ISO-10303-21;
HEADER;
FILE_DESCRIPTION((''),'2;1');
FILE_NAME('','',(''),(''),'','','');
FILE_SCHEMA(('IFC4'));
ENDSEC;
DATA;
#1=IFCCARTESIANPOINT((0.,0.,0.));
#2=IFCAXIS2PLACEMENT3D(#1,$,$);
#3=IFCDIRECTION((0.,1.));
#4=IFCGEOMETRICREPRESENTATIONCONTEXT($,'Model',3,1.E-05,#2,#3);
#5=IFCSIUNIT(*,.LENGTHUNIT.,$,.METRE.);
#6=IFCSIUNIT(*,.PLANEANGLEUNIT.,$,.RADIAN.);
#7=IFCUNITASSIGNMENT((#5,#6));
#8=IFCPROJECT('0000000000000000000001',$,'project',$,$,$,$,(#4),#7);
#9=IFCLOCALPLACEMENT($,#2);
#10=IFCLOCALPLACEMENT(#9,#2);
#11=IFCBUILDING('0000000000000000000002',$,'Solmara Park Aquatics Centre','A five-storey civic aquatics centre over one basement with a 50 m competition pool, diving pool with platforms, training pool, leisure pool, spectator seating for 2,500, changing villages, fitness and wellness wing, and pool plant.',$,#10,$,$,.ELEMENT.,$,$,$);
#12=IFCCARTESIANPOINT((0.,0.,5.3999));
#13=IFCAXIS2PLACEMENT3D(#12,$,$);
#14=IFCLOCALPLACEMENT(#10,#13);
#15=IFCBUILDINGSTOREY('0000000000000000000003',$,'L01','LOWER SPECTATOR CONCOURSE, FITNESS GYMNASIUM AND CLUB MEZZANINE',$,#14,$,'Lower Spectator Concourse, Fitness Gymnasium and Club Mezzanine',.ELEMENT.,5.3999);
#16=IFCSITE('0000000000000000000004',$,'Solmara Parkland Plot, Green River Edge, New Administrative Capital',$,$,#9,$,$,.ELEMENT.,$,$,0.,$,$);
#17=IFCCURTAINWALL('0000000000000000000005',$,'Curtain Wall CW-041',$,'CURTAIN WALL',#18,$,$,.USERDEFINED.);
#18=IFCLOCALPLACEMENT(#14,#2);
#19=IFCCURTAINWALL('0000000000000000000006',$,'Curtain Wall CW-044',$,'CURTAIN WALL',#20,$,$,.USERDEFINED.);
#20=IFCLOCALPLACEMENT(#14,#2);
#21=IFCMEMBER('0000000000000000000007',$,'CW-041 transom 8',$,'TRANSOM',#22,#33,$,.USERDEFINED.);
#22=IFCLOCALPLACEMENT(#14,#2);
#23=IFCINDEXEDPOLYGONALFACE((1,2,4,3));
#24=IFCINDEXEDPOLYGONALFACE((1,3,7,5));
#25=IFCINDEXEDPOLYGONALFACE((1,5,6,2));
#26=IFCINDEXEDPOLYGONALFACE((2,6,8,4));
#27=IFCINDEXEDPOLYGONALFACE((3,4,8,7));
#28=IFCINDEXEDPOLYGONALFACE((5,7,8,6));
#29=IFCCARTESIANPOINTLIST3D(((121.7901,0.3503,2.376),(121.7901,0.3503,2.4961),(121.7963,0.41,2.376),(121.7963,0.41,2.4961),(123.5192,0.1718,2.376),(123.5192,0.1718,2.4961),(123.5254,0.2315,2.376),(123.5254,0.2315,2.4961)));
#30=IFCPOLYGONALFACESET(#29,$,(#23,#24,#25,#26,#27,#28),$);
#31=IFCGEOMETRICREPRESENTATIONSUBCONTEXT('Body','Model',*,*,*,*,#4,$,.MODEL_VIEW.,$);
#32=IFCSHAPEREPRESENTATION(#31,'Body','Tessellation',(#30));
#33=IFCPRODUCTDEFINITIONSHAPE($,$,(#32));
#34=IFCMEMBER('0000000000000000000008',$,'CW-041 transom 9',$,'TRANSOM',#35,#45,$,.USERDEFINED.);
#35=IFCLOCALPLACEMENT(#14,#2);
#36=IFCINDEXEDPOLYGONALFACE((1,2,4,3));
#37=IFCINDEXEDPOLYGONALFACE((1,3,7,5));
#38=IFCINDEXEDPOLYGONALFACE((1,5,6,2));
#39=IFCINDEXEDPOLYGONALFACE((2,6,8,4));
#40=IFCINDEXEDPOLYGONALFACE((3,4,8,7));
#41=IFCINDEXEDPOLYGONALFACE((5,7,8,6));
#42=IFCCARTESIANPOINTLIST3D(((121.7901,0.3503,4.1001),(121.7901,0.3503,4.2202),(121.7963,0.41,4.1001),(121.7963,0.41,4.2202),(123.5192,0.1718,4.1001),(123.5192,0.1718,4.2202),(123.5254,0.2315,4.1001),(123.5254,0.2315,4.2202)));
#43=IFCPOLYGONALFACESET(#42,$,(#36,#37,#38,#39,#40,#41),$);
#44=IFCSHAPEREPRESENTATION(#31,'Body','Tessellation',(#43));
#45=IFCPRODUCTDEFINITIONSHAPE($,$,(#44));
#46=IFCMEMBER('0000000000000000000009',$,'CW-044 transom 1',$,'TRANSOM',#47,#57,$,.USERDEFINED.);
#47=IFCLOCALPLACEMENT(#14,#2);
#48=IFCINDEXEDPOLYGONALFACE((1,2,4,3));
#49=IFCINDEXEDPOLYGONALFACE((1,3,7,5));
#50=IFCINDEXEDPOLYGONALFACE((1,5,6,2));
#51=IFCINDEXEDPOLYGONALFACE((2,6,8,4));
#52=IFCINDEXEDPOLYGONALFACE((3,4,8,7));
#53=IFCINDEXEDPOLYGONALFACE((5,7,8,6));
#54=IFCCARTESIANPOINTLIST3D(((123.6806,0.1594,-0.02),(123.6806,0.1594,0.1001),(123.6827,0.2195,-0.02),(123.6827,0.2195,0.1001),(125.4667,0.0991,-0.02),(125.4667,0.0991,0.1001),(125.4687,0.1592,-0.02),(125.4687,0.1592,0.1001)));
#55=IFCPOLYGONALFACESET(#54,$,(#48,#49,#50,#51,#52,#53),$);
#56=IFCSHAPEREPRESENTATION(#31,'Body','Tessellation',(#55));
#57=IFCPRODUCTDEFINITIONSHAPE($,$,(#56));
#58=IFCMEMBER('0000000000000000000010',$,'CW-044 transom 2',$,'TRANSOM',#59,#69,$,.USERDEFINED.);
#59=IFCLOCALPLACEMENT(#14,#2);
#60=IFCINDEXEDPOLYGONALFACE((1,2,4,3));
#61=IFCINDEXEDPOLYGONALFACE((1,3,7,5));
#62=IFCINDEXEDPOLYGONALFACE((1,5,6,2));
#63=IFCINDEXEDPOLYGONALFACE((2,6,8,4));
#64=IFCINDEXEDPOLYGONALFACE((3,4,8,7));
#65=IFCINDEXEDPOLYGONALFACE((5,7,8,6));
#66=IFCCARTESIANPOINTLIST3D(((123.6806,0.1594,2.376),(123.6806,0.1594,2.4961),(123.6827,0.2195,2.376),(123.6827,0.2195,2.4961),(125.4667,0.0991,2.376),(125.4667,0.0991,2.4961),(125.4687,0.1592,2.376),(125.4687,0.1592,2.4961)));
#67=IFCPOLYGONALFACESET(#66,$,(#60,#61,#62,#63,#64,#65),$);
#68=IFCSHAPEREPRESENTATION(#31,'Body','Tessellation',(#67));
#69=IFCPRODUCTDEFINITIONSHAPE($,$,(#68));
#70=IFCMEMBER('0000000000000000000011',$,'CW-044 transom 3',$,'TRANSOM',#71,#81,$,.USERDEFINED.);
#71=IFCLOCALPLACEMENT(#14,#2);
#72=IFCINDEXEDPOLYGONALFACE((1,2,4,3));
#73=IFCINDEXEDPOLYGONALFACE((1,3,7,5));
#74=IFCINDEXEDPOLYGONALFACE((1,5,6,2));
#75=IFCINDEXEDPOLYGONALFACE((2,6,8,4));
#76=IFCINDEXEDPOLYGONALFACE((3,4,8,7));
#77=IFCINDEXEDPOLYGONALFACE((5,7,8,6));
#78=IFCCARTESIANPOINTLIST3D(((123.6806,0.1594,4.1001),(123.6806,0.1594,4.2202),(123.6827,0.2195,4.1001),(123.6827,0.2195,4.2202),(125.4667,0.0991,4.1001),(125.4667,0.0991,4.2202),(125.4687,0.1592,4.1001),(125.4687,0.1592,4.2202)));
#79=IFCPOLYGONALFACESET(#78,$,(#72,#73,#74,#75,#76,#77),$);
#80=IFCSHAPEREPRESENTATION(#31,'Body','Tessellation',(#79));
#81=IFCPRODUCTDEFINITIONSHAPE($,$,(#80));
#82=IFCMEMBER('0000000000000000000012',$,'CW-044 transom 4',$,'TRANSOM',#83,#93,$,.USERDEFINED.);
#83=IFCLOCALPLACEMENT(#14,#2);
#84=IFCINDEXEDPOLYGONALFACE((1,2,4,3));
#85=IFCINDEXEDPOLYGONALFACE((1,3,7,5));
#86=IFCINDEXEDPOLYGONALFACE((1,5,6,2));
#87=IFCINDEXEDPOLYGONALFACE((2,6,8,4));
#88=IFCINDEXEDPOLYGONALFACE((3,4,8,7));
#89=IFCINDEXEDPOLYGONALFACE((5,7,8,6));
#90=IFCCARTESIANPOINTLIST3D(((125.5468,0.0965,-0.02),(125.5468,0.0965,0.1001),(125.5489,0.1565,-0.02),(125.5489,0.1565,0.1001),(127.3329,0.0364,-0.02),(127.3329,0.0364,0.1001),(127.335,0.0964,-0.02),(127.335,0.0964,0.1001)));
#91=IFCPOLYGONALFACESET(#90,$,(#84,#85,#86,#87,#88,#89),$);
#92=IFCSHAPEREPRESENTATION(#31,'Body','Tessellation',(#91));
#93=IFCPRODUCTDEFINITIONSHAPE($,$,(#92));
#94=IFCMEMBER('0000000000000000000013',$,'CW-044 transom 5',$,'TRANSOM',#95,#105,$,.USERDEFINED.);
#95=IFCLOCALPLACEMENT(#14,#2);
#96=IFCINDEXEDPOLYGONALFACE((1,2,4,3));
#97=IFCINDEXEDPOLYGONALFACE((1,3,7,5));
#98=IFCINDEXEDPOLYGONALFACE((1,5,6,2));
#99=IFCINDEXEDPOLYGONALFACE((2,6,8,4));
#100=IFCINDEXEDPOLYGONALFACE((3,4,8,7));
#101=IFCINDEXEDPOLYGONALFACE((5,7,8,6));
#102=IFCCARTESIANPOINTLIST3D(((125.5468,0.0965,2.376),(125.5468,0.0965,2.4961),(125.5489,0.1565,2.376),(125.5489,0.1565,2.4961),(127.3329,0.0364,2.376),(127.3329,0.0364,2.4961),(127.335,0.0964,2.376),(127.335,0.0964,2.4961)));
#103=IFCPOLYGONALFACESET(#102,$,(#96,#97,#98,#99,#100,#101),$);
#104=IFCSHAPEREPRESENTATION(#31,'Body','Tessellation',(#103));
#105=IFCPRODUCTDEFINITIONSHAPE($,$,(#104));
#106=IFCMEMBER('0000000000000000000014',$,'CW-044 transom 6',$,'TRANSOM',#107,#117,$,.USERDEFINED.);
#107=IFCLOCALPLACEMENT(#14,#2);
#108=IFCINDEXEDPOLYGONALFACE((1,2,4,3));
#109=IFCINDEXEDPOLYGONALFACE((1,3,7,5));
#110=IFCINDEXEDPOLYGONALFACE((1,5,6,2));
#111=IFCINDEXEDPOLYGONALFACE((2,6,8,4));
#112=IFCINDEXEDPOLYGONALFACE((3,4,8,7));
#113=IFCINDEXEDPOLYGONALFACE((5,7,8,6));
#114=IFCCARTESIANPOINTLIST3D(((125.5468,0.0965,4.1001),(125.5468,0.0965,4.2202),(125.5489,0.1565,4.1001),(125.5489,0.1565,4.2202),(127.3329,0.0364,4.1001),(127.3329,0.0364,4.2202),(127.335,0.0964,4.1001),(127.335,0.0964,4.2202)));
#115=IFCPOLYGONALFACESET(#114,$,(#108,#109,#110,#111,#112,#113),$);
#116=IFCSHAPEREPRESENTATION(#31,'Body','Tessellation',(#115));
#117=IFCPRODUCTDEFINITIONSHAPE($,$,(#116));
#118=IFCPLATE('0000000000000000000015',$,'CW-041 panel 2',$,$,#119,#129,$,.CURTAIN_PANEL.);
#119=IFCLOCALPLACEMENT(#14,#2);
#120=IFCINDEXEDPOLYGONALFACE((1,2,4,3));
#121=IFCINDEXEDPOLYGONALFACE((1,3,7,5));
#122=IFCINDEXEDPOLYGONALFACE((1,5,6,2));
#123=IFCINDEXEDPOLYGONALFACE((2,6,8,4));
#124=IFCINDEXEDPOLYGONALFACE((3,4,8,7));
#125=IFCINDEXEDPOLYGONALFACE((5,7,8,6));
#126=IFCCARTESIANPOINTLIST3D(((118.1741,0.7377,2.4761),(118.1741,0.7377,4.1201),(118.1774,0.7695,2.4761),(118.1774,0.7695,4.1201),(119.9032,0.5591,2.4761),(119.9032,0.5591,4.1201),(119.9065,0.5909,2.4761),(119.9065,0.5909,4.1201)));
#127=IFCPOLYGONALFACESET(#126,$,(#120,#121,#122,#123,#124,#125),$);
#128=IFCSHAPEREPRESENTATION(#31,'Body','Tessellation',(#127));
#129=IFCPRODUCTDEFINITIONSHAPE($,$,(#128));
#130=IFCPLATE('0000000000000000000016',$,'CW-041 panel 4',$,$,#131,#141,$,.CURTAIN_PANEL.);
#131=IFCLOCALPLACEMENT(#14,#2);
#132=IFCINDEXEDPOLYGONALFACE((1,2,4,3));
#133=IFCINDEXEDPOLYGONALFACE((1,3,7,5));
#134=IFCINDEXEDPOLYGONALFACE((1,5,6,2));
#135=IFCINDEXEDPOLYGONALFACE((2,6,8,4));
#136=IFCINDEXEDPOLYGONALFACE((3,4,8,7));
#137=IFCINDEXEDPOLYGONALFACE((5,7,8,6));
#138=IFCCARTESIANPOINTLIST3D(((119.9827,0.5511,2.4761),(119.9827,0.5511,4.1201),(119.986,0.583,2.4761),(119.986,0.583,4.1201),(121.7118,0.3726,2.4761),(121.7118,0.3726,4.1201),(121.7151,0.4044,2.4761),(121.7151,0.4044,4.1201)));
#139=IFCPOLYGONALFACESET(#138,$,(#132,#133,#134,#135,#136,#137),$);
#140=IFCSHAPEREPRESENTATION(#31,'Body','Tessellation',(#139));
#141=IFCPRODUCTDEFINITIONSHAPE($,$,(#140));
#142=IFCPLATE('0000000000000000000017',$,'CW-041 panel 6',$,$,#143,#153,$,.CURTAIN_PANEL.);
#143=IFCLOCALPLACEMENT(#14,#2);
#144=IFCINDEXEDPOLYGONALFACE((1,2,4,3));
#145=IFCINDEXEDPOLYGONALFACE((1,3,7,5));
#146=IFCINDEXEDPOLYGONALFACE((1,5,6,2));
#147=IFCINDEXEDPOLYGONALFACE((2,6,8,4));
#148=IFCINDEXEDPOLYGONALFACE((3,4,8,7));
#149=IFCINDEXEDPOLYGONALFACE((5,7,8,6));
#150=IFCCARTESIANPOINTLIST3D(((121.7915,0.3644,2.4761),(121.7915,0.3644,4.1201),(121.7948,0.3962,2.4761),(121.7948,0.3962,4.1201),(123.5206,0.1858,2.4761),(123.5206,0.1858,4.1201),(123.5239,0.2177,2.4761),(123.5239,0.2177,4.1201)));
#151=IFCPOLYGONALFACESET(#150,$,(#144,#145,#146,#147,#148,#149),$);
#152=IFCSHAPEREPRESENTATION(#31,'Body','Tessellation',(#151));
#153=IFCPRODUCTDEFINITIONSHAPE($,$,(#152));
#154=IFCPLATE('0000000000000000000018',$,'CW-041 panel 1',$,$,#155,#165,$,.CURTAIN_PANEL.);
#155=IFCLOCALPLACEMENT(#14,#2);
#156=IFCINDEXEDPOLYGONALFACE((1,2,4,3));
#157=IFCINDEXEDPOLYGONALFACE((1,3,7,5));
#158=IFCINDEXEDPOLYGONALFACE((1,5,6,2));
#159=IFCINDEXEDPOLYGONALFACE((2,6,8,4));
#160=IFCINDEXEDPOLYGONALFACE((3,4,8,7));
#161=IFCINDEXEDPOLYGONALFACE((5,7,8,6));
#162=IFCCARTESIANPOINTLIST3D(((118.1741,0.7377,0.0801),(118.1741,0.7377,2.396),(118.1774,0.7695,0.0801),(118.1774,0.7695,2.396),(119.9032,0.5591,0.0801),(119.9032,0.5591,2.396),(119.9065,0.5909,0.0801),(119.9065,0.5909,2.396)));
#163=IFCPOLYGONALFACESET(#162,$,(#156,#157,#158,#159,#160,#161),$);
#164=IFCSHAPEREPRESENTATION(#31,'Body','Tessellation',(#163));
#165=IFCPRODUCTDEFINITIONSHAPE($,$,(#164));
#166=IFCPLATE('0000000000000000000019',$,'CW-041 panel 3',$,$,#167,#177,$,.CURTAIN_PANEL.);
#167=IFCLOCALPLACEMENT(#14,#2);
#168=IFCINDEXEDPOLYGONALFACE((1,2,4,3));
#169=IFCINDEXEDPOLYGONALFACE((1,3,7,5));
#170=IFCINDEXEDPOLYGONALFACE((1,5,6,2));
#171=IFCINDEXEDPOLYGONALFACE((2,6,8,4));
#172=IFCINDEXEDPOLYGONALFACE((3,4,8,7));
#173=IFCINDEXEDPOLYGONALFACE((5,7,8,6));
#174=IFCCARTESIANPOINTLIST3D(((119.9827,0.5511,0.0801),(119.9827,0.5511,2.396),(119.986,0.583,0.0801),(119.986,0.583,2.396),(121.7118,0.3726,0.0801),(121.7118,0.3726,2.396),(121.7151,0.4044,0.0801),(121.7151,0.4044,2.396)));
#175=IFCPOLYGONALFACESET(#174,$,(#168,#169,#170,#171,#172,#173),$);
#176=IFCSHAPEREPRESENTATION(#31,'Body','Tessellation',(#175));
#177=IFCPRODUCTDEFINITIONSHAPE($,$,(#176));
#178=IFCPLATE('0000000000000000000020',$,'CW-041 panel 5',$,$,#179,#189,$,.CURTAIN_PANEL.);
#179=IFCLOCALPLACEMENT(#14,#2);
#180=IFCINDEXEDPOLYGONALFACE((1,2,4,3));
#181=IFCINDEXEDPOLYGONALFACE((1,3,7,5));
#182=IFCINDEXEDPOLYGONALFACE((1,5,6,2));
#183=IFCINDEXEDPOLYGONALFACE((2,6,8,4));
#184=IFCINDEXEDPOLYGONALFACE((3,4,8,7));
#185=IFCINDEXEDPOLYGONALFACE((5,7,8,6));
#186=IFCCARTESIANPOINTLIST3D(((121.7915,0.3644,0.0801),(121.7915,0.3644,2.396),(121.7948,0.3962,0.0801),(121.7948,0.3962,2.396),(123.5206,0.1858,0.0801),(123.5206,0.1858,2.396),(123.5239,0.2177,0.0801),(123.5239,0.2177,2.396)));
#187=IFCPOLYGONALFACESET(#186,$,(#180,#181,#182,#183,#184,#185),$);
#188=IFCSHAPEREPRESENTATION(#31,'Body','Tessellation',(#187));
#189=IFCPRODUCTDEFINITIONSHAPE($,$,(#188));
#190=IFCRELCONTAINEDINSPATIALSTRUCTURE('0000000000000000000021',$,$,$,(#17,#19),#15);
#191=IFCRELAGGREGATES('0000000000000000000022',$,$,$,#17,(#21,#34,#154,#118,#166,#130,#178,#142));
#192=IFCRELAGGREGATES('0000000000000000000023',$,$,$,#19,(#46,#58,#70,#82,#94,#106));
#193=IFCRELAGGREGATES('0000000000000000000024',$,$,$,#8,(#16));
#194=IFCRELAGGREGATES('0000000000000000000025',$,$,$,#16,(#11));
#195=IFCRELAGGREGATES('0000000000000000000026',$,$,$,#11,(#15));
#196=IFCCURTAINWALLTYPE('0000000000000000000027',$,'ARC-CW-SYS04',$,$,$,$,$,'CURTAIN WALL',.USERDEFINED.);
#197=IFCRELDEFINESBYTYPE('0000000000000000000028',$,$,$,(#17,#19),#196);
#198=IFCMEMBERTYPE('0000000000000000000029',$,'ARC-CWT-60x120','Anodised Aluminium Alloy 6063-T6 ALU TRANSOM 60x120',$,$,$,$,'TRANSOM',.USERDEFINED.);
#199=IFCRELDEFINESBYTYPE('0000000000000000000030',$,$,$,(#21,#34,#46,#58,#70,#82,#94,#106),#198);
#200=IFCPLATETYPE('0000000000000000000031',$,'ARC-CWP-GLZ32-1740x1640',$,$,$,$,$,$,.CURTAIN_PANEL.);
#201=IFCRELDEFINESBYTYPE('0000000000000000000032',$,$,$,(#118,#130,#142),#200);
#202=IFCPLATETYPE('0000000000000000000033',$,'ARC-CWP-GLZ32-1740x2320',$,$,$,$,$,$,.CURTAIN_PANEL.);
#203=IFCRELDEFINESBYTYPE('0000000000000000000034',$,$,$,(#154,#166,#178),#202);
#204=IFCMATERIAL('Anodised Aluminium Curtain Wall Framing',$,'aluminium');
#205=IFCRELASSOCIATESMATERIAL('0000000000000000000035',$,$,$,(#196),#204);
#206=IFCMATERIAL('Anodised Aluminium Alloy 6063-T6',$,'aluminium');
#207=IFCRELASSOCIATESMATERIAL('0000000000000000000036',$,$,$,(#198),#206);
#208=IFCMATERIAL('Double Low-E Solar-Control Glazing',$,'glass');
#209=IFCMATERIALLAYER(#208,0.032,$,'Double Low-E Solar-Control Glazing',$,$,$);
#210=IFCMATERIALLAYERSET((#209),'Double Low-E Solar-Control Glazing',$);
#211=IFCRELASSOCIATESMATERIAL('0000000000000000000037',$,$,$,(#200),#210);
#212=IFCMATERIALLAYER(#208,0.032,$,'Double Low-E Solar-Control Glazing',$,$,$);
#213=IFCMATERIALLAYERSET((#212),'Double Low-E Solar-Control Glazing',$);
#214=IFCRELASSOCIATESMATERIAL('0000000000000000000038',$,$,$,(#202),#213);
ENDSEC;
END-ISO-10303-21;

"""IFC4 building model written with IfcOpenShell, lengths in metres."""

from ifc_helpers import new_model, si_unit, direction, frame, origin, origin_2d, place, context, subcontext, project, spatial, rectangle, extrude, material, layer, layer_set, material_profile, profile_set, type_object, element, aggregate, save


model = new_model("IFC4")

# Units and contexts
model_context = context("Model", 3, precision=1e-05, world=origin(), true_north=direction((0.0, 1.0)))
body_context = subcontext(model_context, "Body", "Model", "MODEL_VIEW")
ifc_project = project(units=[si_unit("LENGTHUNIT", "METRE"), si_unit("PLANEANGLEUNIT", "RADIAN")], contexts=[model_context])

# Site, building, storey
site_placement = place(None, origin())
site = spatial("IfcSite", under=ifc_project, at=site_placement, Name="Solmara Parkland Plot, Green River Edge, New Administrative Capital", CompositionType="ELEMENT", RefElevation=0.0)
building_placement = place(site_placement, origin())
building = spatial("IfcBuilding", under=site, at=building_placement, Name="Solmara Park Aquatics Centre", Description="A five-storey civic aquatics centre over one basement with a 50 m competition pool, diving pool with platforms, training pool, leisure pool, spectator seating for 2,500, changing villages, fitness and wellness wing, and pool plant.", CompositionType="ELEMENT")
storey_placement = place(building_placement, frame((0.0, 0.0, 5.3999)))
storey = spatial("IfcBuildingStorey", under=building, at=storey_placement, Name="L01", Description="LOWER SPECTATOR CONCOURSE, FITNESS GYMNASIUM AND CLUB MEZZANINE", LongName="Lower Spectator Concourse, Fitness Gymnasium and Club Mezzanine", CompositionType="ELEMENT", Elevation=5.3999)

# Shared definitions
ifc_material_1 = material(Name="Anodised Aluminium Curtain Wall Framing", Category="aluminium")
curtain_wall_type = type_object("IfcCurtainWallType", Name="ARC-CW-SYS04", ElementType="CURTAIN WALL", PredefinedType="USERDEFINED", material=ifc_material_1)
ifc_material_2 = material(Name="Anodised Aluminium Alloy 6063-T6", Category="aluminium")

# Curtain walls
curtain_wall_1_placement = place(storey_placement, origin())
curtain_wall_1 = element("IfcCurtainWall", 1, at=curtain_wall_1_placement, inside=storey, type_object=curtain_wall_type, Name="Curtain Wall CW-041", ObjectType="CURTAIN WALL", PredefinedType="USERDEFINED")
curtain_wall_2_placement = place(storey_placement, origin())
curtain_wall_2 = element("IfcCurtainWall", 2, at=curtain_wall_2_placement, inside=storey, type_object=curtain_wall_type, Name="Curtain Wall CW-044", ObjectType="CURTAIN WALL", PredefinedType="USERDEFINED")

# Members
ifc_material_profile_1 = material_profile(ifc_material_2, rectangle(XDim=0.0601, YDim=0.1201, at=origin_2d()), Name="ALU TRANSOM 60x120")
ifc_profile_set_1 = profile_set([ifc_material_profile_1], Name="Anodised Aluminium Alloy 6063-T6")
member_type_1 = type_object("IfcMemberType", Name="ARC-CWT-60x120", Description="Anodised Aluminium Alloy 6063-T6 ALU TRANSOM 60x120", ElementType="TRANSOM", PredefinedType="USERDEFINED", material=ifc_profile_set_1)
member_1_placement = place(storey_placement, frame((121.7932, 0.3801, 2.436), z_axis=(0.994715, -0.102674, 0.0), x_axis=(0.102674, 0.994715, 0.0)))
member_1 = element("IfcMember", 3, at=member_1_placement, type_object=member_type_1, Name="CW-041 transom 8", ObjectType="TRANSOM", PredefinedType="USERDEFINED", context=body_context, shape_type="SweptSolid", body=[
    extrude(rectangle(XDim=0.0601, YDim=0.1201, at=origin_2d()), origin(), (0.0, 0.0, 1.0), 1.7383),
])
member_2_placement = place(storey_placement, frame((121.7932, 0.3801, 4.1602), z_axis=(0.994715, -0.102674, 0.0), x_axis=(0.102674, 0.994715, 0.0)))
member_2 = element("IfcMember", 4, at=member_2_placement, type_object=member_type_1, Name="CW-041 transom 9", ObjectType="TRANSOM", PredefinedType="USERDEFINED", context=body_context, shape_type="SweptSolid", body=[
    extrude(rectangle(XDim=0.0601, YDim=0.1201, at=origin_2d()), origin(), (0.0, 0.0, 1.0), 1.7383),
])
member_3_placement = place(storey_placement, frame((123.6816, 0.1895, 0.04), z_axis=(0.999431, -0.033742, 0.0), x_axis=(0.033742, 0.999431, 0.0)))
member_3 = element("IfcMember", 5, at=member_3_placement, type_object=member_type_1, Name="CW-044 transom 1", ObjectType="TRANSOM", PredefinedType="USERDEFINED", context=body_context, shape_type="SweptSolid", body=[
    extrude(rectangle(XDim=0.0601, YDim=0.1201, at=origin_2d()), origin(), (0.0, 0.0, 1.0), 1.7871),
])
member_4_placement = place(storey_placement, frame((123.6816, 0.1895, 2.436), z_axis=(0.999431, -0.033742, 0.0), x_axis=(0.033742, 0.999431, 0.0)))
member_4 = element("IfcMember", 6, at=member_4_placement, type_object=member_type_1, Name="CW-044 transom 2", ObjectType="TRANSOM", PredefinedType="USERDEFINED", context=body_context, shape_type="SweptSolid", body=[
    extrude(rectangle(XDim=0.0601, YDim=0.1201, at=origin_2d()), origin(), (0.0, 0.0, 1.0), 1.7871),
])
member_5_placement = place(storey_placement, frame((123.6816, 0.1895, 4.1602), z_axis=(0.999431, -0.033742, 0.0), x_axis=(0.033742, 0.999431, 0.0)))
member_5 = element("IfcMember", 7, at=member_5_placement, type_object=member_type_1, Name="CW-044 transom 3", ObjectType="TRANSOM", PredefinedType="USERDEFINED", context=body_context, shape_type="SweptSolid", body=[
    extrude(rectangle(XDim=0.0601, YDim=0.1201, at=origin_2d()), origin(), (0.0, 0.0, 1.0), 1.7871),
])
member_6_placement = place(storey_placement, frame((125.5479, 0.1265, 0.04), z_axis=(0.999435, -0.033606, 0.0), x_axis=(0.033606, 0.999435, 0.0)))
member_6 = element("IfcMember", 8, at=member_6_placement, type_object=member_type_1, Name="CW-044 transom 4", ObjectType="TRANSOM", PredefinedType="USERDEFINED", context=body_context, shape_type="SweptSolid", body=[
    extrude(rectangle(XDim=0.0601, YDim=0.1201, at=origin_2d()), origin(), (0.0, 0.0, 1.0), 1.7871),
])
member_7_placement = place(storey_placement, frame((125.5479, 0.1265, 2.436), z_axis=(0.999435, -0.033606, 0.0), x_axis=(0.033606, 0.999435, 0.0)))
member_7 = element("IfcMember", 9, at=member_7_placement, type_object=member_type_1, Name="CW-044 transom 5", ObjectType="TRANSOM", PredefinedType="USERDEFINED", context=body_context, shape_type="SweptSolid", body=[
    extrude(rectangle(XDim=0.0601, YDim=0.1201, at=origin_2d()), origin(), (0.0, 0.0, 1.0), 1.7871),
])
member_8_placement = place(storey_placement, frame((125.5479, 0.1265, 4.1602), z_axis=(0.999435, -0.033606, 0.0), x_axis=(0.033606, 0.999435, 0.0)))
member_8 = element("IfcMember", 10, at=member_8_placement, type_object=member_type_1, Name="CW-044 transom 6", ObjectType="TRANSOM", PredefinedType="USERDEFINED", context=body_context, shape_type="SweptSolid", body=[
    extrude(rectangle(XDim=0.0601, YDim=0.1201, at=origin_2d()), origin(), (0.0, 0.0, 1.0), 1.7871),
])

# Plates
ifc_material_3 = material(Name="Double Low-E Solar-Control Glazing", Category="glass")
ifc_layer_1 = layer(ifc_material_3, 0.032, Name="Double Low-E Solar-Control Glazing")
ifc_layer_set_1 = layer_set([ifc_layer_1], Name="Double Low-E Solar-Control Glazing")
plate_type_1 = type_object("IfcPlateType", Name="ARC-CWP-GLZ32-1740x1640", PredefinedType="CURTAIN_PANEL", material=ifc_layer_set_1)
plate_1_placement = place(storey_placement, frame((119.0403, 0.6643, 2.4761), z_axis=(0.0, 0.0, 1.0), x_axis=(0.994711, -0.102709, 0.0)))
plate_1 = element("IfcPlate", 11, at=plate_1_placement, type_object=plate_type_1, Name="CW-041 panel 2", PredefinedType="CURTAIN_PANEL", context=body_context, shape_type="SweptSolid", body=[
    extrude(rectangle(XDim=1.7383, YDim=0.032, at=origin_2d()), origin(), (0.0, 0.0, 1.0), 1.644),
])
plate_2_placement = place(storey_placement, frame((120.8489, 0.4778, 2.4761), z_axis=(0.0, 0.0, 1.0), x_axis=(0.994711, -0.102709, 0.0)))
plate_2 = element("IfcPlate", 12, at=plate_2_placement, type_object=plate_type_1, Name="CW-041 panel 4", PredefinedType="CURTAIN_PANEL", context=body_context, shape_type="SweptSolid", body=[
    extrude(rectangle(XDim=1.7383, YDim=0.032, at=origin_2d()), origin(), (0.0, 0.0, 1.0), 1.644),
])
plate_3_placement = place(storey_placement, frame((122.6577, 0.291, 2.4761), z_axis=(0.0, 0.0, 1.0), x_axis=(0.994711, -0.102709, 0.0)))
plate_3 = element("IfcPlate", 13, at=plate_3_placement, type_object=plate_type_1, Name="CW-041 panel 6", PredefinedType="CURTAIN_PANEL", context=body_context, shape_type="SweptSolid", body=[
    extrude(rectangle(XDim=1.7383, YDim=0.032, at=origin_2d()), origin(), (0.0, 0.0, 1.0), 1.644),
])
ifc_layer_2 = layer(ifc_material_3, 0.032, Name="Double Low-E Solar-Control Glazing")
ifc_layer_set_2 = layer_set([ifc_layer_2], Name="Double Low-E Solar-Control Glazing")
plate_type_2 = type_object("IfcPlateType", Name="ARC-CWP-GLZ32-1740x2320", PredefinedType="CURTAIN_PANEL", material=ifc_layer_set_2)
plate_4_placement = place(storey_placement, frame((119.0403, 0.6643, 0.0801), z_axis=(0.0, 0.0, 1.0), x_axis=(0.994711, -0.102709, 0.0)))
plate_4 = element("IfcPlate", 14, at=plate_4_placement, type_object=plate_type_2, Name="CW-041 panel 1", PredefinedType="CURTAIN_PANEL", context=body_context, shape_type="SweptSolid", body=[
    extrude(rectangle(XDim=1.7383, YDim=0.032, at=origin_2d()), origin(), (0.0, 0.0, 1.0), 2.3159),
])
plate_5_placement = place(storey_placement, frame((120.8489, 0.4778, 0.0801), z_axis=(0.0, 0.0, 1.0), x_axis=(0.994711, -0.102709, 0.0)))
plate_5 = element("IfcPlate", 15, at=plate_5_placement, type_object=plate_type_2, Name="CW-041 panel 3", PredefinedType="CURTAIN_PANEL", context=body_context, shape_type="SweptSolid", body=[
    extrude(rectangle(XDim=1.7383, YDim=0.032, at=origin_2d()), origin(), (0.0, 0.0, 1.0), 2.3159),
])
plate_6_placement = place(storey_placement, frame((122.6577, 0.291, 0.0801), z_axis=(0.0, 0.0, 1.0), x_axis=(0.994711, -0.102709, 0.0)))
plate_6 = element("IfcPlate", 16, at=plate_6_placement, type_object=plate_type_2, Name="CW-041 panel 5", PredefinedType="CURTAIN_PANEL", context=body_context, shape_type="SweptSolid", body=[
    extrude(rectangle(XDim=1.7383, YDim=0.032, at=origin_2d()), origin(), (0.0, 0.0, 1.0), 2.3159),
])
aggregate(curtain_wall_1, [member_1, member_2, plate_4, plate_1, plate_5, plate_2, plate_6, plate_3])
aggregate(curtain_wall_2, [member_3, member_4, member_5, member_6, member_7, member_8])

save(model, "model.ifc")
